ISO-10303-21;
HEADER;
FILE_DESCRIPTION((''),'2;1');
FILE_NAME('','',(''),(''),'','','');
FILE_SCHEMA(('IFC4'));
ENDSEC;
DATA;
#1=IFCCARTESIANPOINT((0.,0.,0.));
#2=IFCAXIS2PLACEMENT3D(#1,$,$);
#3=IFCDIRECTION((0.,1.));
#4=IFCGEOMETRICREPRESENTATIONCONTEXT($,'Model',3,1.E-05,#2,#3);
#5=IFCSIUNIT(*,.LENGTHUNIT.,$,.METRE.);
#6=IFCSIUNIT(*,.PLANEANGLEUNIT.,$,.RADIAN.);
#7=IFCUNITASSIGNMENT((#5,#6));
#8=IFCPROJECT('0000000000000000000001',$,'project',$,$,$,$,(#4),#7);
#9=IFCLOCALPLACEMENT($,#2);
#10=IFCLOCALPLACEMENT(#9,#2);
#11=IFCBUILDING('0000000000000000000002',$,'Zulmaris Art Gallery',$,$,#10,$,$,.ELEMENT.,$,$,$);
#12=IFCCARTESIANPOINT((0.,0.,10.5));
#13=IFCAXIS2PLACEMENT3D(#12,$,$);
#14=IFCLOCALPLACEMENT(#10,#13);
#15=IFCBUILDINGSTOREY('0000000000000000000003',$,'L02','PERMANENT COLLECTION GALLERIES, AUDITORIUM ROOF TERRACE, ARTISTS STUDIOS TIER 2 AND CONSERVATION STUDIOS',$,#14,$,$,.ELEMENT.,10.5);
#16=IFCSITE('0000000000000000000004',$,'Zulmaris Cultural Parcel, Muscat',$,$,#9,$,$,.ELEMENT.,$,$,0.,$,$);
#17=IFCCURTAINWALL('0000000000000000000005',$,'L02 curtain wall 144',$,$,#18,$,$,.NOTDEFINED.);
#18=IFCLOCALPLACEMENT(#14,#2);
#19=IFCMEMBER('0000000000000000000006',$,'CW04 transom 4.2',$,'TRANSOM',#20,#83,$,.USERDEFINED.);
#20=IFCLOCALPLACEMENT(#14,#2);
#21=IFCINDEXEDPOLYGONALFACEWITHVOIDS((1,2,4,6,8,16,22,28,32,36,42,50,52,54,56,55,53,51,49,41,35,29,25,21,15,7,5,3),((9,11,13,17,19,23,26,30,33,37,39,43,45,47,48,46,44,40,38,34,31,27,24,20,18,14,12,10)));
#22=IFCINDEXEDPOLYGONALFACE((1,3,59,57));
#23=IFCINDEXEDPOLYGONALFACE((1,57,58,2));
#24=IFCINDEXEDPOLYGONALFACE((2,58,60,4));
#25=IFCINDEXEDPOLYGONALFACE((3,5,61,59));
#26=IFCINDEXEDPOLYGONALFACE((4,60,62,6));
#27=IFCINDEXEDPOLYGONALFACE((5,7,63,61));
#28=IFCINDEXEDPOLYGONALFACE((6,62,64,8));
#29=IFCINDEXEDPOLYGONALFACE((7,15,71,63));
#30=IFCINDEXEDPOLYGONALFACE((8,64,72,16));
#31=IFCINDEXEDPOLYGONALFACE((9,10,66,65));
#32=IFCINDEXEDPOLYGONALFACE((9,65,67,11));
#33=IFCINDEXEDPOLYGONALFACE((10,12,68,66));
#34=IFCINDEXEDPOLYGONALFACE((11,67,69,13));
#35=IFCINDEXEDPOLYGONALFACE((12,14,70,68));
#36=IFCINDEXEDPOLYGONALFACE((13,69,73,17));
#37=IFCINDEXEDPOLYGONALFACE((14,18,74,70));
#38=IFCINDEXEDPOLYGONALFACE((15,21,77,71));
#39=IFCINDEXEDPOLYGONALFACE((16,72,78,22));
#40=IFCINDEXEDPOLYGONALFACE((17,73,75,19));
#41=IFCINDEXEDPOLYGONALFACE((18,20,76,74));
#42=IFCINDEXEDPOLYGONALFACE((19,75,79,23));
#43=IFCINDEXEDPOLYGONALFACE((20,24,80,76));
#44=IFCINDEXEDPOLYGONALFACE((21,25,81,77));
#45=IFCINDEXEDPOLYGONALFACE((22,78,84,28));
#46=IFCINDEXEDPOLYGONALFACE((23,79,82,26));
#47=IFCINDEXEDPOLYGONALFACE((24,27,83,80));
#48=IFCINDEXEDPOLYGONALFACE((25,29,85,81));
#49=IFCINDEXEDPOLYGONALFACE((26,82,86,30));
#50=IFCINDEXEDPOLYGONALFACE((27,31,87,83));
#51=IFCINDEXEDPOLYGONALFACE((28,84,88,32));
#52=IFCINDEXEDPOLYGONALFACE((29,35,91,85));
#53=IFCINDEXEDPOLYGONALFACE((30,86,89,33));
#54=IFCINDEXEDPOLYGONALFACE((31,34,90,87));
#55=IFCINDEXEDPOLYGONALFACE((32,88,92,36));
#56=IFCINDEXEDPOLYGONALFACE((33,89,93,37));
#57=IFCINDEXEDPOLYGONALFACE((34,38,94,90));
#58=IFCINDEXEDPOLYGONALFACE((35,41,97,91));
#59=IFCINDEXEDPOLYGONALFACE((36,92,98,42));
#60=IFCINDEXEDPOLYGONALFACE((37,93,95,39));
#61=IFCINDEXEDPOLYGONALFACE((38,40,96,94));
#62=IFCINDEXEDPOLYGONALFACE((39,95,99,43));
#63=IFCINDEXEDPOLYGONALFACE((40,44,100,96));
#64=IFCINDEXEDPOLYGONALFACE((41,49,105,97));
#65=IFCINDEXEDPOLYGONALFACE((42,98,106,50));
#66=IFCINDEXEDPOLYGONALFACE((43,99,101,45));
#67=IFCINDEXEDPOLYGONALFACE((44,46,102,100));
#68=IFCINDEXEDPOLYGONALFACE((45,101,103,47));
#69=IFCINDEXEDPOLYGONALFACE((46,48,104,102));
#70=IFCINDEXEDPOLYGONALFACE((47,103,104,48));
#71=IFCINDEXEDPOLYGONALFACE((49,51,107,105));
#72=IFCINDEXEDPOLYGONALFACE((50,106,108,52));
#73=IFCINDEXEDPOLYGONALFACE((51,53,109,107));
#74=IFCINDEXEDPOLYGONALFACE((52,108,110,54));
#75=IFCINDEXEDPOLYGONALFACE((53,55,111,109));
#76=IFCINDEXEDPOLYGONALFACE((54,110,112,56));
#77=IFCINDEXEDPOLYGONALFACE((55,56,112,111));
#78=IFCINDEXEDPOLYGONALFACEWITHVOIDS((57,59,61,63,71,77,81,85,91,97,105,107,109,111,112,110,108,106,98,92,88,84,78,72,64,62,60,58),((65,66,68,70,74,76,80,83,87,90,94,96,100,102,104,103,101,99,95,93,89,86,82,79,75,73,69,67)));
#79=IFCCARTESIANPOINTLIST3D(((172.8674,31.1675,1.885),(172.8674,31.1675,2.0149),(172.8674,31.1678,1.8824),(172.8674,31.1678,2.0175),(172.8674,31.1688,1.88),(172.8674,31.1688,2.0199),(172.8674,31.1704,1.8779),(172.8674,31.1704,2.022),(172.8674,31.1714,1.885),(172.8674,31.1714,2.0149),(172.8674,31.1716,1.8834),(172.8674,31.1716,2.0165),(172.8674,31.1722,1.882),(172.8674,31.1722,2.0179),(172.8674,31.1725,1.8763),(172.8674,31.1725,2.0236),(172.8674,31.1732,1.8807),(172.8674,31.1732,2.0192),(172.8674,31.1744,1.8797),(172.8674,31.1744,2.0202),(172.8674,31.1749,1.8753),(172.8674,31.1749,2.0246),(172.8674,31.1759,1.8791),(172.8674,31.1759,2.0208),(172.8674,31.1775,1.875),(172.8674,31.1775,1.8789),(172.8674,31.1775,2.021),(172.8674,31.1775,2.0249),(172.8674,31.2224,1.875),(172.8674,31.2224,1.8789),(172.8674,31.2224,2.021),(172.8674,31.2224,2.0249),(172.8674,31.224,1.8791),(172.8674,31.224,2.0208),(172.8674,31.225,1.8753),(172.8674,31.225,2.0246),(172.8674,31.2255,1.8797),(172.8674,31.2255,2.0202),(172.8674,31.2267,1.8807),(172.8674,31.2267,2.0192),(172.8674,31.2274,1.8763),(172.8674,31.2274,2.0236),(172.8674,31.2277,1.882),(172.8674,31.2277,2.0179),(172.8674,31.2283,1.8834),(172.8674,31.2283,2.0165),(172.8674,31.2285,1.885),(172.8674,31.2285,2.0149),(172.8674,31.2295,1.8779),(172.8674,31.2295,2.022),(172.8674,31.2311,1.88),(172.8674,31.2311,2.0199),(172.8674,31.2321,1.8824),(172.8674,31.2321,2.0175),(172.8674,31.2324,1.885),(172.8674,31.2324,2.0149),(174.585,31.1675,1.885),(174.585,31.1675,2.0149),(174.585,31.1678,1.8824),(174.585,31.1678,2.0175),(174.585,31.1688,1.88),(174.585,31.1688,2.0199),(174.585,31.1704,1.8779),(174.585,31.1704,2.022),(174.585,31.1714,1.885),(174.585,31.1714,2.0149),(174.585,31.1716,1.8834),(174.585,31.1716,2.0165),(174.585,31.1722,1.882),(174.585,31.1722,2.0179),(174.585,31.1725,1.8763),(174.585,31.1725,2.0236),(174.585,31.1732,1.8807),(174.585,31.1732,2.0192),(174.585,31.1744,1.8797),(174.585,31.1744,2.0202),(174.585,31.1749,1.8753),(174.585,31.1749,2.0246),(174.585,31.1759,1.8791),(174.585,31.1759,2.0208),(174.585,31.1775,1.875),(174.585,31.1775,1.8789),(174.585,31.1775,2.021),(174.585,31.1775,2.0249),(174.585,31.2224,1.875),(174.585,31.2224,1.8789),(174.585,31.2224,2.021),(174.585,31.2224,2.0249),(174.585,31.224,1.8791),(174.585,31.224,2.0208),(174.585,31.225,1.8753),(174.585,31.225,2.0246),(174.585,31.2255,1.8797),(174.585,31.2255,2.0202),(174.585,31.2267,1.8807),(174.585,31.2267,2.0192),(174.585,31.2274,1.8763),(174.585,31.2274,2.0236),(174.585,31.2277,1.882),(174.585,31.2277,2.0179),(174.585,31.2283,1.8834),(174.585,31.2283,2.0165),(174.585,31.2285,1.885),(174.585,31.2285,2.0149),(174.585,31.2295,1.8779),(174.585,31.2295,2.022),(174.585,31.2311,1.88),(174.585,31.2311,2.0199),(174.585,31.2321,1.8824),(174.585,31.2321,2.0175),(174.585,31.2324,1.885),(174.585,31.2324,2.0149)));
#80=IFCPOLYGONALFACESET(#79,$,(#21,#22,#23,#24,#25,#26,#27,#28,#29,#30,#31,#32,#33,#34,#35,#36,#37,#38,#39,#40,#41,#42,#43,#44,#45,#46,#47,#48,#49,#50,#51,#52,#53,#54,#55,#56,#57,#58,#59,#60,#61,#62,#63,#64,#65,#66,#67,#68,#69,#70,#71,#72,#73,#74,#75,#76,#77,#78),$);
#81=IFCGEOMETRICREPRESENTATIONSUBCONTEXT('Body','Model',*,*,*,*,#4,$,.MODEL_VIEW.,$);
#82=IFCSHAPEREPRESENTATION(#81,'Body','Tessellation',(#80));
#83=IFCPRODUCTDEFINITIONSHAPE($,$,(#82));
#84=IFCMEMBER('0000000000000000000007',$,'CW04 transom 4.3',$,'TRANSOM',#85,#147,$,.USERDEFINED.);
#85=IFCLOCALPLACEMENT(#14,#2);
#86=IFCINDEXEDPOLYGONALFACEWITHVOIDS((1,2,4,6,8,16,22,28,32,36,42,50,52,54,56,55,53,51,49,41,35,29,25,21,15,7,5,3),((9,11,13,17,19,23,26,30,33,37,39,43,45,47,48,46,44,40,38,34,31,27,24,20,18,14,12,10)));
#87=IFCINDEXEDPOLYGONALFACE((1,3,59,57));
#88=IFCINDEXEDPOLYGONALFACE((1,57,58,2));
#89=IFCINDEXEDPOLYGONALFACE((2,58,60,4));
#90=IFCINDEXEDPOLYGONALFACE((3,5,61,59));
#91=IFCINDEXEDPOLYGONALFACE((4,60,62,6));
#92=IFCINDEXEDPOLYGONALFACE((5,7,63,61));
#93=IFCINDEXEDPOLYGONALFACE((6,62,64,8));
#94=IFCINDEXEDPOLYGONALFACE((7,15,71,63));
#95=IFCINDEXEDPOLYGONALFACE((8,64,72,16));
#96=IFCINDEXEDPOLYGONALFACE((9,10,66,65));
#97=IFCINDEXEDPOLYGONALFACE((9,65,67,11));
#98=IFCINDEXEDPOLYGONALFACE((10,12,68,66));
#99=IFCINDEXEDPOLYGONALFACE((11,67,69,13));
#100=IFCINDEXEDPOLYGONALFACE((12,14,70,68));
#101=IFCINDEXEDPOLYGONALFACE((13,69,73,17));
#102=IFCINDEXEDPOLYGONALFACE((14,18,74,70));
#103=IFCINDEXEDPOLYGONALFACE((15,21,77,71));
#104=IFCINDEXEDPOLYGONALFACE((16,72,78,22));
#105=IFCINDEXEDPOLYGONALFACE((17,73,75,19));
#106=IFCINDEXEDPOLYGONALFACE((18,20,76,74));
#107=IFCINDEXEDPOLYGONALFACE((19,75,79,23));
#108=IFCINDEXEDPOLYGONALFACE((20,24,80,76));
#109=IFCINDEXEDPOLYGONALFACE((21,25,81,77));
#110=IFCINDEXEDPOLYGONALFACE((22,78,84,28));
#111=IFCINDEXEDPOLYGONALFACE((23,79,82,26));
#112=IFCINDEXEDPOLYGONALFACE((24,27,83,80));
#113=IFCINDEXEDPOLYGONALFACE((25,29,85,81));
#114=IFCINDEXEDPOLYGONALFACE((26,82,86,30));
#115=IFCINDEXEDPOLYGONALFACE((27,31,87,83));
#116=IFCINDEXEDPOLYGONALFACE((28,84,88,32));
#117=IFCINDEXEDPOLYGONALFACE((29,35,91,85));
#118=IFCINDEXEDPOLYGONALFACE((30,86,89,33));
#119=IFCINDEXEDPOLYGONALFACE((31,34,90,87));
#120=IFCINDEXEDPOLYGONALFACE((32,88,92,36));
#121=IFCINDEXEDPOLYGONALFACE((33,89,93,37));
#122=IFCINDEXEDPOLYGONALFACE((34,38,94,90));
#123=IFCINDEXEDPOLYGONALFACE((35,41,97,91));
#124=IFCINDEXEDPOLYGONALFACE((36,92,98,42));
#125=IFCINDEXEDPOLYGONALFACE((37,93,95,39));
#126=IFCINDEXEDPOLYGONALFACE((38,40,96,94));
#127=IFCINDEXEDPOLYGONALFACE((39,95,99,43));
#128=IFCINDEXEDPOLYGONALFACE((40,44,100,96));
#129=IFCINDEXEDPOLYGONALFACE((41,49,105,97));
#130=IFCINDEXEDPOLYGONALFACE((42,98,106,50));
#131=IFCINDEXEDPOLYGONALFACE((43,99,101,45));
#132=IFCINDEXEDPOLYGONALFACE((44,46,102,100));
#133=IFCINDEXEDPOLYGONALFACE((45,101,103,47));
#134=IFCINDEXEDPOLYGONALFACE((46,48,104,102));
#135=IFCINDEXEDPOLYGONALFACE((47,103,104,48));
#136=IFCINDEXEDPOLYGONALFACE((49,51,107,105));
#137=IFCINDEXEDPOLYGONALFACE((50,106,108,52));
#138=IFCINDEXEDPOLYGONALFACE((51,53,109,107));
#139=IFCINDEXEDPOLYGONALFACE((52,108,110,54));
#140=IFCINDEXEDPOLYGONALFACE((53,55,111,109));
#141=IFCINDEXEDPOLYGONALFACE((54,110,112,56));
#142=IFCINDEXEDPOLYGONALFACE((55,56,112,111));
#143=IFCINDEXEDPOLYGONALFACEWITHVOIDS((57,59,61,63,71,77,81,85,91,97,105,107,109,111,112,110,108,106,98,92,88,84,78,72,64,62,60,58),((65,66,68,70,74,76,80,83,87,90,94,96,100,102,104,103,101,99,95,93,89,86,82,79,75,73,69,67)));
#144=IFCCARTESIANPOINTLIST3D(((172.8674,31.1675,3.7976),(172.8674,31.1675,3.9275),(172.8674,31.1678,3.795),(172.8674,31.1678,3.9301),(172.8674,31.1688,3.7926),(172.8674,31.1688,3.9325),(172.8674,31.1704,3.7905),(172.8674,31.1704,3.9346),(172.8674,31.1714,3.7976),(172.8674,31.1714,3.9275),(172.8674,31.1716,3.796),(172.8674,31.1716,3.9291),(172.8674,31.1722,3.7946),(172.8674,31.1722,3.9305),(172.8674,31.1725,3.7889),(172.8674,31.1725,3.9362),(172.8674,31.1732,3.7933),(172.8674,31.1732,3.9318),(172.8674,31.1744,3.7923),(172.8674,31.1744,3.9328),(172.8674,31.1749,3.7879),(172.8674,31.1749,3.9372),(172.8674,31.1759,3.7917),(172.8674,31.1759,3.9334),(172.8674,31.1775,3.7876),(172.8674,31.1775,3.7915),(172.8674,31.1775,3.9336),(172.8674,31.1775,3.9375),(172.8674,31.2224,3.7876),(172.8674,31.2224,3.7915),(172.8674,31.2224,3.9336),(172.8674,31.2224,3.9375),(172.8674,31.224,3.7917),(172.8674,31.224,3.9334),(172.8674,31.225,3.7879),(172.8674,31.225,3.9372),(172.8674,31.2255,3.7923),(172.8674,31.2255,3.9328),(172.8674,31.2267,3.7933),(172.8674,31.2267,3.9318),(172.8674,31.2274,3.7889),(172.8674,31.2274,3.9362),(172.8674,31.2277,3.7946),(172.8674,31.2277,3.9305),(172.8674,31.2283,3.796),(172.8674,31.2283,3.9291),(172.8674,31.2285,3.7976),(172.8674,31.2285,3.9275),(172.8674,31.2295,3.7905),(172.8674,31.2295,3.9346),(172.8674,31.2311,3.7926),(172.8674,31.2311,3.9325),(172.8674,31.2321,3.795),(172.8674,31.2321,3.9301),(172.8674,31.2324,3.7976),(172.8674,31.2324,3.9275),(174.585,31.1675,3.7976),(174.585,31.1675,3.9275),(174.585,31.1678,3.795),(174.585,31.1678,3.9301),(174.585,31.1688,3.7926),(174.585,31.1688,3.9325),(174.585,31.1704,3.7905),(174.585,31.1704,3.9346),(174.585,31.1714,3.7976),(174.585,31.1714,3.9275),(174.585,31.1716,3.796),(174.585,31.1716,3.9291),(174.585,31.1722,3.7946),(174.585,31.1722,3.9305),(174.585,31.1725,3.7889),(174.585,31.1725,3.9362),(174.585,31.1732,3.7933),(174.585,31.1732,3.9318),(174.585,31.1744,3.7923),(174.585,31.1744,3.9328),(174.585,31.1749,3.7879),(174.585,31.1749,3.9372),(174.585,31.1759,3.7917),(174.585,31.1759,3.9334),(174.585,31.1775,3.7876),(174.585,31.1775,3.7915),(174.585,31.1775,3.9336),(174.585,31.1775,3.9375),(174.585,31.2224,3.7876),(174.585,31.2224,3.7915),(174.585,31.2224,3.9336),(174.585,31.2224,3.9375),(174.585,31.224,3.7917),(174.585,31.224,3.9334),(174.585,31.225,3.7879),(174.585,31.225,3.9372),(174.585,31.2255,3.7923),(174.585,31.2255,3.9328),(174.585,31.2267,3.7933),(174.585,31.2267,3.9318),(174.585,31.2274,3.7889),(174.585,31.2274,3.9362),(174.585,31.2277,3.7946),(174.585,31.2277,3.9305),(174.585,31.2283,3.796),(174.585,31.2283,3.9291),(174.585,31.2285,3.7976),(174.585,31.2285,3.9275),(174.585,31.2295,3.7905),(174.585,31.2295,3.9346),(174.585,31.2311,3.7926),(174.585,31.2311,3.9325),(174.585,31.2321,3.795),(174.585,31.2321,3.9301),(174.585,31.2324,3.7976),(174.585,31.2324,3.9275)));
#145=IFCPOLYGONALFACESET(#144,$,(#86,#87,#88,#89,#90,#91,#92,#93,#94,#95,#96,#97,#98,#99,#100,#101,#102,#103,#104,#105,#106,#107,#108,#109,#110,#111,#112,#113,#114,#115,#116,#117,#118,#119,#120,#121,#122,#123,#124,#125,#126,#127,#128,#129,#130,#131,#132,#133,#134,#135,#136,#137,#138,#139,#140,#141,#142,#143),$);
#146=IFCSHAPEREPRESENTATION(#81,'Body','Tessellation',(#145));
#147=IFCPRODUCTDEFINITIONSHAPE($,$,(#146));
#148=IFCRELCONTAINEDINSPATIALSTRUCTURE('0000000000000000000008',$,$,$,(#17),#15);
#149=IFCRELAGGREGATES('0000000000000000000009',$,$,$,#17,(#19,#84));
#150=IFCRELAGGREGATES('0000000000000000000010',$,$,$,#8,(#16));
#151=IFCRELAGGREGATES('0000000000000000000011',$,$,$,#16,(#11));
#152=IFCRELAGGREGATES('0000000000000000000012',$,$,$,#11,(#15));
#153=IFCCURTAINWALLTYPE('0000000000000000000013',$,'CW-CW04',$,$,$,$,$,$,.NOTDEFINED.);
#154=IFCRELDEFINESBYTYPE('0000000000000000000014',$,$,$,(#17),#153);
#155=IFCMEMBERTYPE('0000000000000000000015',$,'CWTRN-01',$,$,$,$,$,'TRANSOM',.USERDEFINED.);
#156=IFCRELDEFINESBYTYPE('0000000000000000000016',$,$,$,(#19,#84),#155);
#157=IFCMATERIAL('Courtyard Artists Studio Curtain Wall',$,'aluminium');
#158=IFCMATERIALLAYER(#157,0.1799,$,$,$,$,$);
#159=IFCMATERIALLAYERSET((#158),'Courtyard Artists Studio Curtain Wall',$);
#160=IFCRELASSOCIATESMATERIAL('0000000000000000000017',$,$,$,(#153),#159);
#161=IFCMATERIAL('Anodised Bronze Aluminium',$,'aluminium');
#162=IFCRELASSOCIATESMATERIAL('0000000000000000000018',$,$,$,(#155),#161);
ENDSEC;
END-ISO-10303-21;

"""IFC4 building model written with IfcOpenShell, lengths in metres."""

from ifc_helpers import new_model, si_unit, direction, frame, origin, origin_2d, place, context, subcontext, project, spatial, hollow_rectangle, extrude, material, layer, layer_set, material_profile, profile_set, type_object, element, aggregate, save


model = new_model("IFC4")

# Units and contexts
model_context = context("Model", 3, precision=1e-05, world=origin(), true_north=direction((0.0, 1.0)))
body_context = subcontext(model_context, "Body", "Model", "MODEL_VIEW")
ifc_project = project(units=[si_unit("LENGTHUNIT", "METRE"), si_unit("PLANEANGLEUNIT", "RADIAN")], contexts=[model_context])

# Site, building, storey
site_placement = place(None, origin())
site = spatial("IfcSite", under=ifc_project, at=site_placement, Name="Zulmaris Cultural Parcel, Muscat", CompositionType="ELEMENT", RefElevation=0.0)
building_placement = place(site_placement, origin())
building = spatial("IfcBuilding", under=site, at=building_placement, Name="Zulmaris Art Gallery", CompositionType="ELEMENT")
storey_placement = place(building_placement, frame((0.0, 0.0, 10.5)))
storey = spatial("IfcBuildingStorey", under=building, at=storey_placement, Name="L02", Description="PERMANENT COLLECTION GALLERIES, AUDITORIUM ROOF TERRACE, ARTISTS STUDIOS TIER 2 AND CONSERVATION STUDIOS", CompositionType="ELEMENT", Elevation=10.5)

# Curtain wall
ifc_material_1 = material(Name="Courtyard Artists Studio Curtain Wall", Category="aluminium")
ifc_layer_1 = layer(ifc_material_1, 0.1799)
ifc_layer_set_1 = layer_set([ifc_layer_1], Name="Courtyard Artists Studio Curtain Wall")
curtain_wall_type = type_object("IfcCurtainWallType", Name="CW-CW04", PredefinedType="NOTDEFINED", material=ifc_layer_set_1)
curtain_wall_1_placement = place(storey_placement, origin())
curtain_wall_1 = element("IfcCurtainWall", 1, at=curtain_wall_1_placement, inside=storey, type_object=curtain_wall_type, Name="L02 curtain wall 144", PredefinedType="NOTDEFINED")
ifc_material_2 = material(Name="Anodised Bronze Aluminium", Category="aluminium")

# Members
ifc_material_profile_1 = material_profile(ifc_material_2, hollow_rectangle(XDim=0.0649, YDim=0.1499, WallThickness=0.0039, InnerFilletRadius=0.0061, OuterFilletRadius=0.01, at=origin_2d()), Name="ALU 65x150x4")
ifc_profile_set_1 = profile_set([ifc_material_profile_1], Name="Anodised Bronze Aluminium")
member_type_1 = type_object("IfcMemberType", Name="CWTRN-01", ElementType="TRANSOM", PredefinedType="USERDEFINED", material=ifc_profile_set_1)
member_1_placement = place(storey_placement, frame((172.8674, 31.2, 1.95), z_axis=(1.0, 0.0, 0.0), x_axis=(0.0, 1.0, 0.0)))
member_1 = element("IfcMember", 2, at=member_1_placement, type_object=member_type_1, Name="CW04 transom 4.2", ObjectType="TRANSOM", PredefinedType="USERDEFINED", context=body_context, shape_type="SweptSolid", body=[
    extrude(hollow_rectangle(XDim=0.0649, YDim=0.1499, WallThickness=0.0039, InnerFilletRadius=0.0061, OuterFilletRadius=0.01, at=origin_2d()), origin(), (0.0, 0.0, 1.0), 1.7175),
])
member_2_placement = place(storey_placement, frame((172.8674, 31.2, 3.8625), z_axis=(1.0, 0.0, 0.0), x_axis=(0.0, 1.0, 0.0)))
member_2 = element("IfcMember", 3, at=member_2_placement, type_object=member_type_1, Name="CW04 transom 4.3", ObjectType="TRANSOM", PredefinedType="USERDEFINED", context=body_context, shape_type="SweptSolid", body=[
    extrude(hollow_rectangle(XDim=0.0649, YDim=0.1499, WallThickness=0.0039, InnerFilletRadius=0.0061, OuterFilletRadius=0.01, at=origin_2d()), origin(), (0.0, 0.0, 1.0), 1.7175),
])

aggregate(curtain_wall_1, [member_1, member_2])

save(model, "model.ifc")
